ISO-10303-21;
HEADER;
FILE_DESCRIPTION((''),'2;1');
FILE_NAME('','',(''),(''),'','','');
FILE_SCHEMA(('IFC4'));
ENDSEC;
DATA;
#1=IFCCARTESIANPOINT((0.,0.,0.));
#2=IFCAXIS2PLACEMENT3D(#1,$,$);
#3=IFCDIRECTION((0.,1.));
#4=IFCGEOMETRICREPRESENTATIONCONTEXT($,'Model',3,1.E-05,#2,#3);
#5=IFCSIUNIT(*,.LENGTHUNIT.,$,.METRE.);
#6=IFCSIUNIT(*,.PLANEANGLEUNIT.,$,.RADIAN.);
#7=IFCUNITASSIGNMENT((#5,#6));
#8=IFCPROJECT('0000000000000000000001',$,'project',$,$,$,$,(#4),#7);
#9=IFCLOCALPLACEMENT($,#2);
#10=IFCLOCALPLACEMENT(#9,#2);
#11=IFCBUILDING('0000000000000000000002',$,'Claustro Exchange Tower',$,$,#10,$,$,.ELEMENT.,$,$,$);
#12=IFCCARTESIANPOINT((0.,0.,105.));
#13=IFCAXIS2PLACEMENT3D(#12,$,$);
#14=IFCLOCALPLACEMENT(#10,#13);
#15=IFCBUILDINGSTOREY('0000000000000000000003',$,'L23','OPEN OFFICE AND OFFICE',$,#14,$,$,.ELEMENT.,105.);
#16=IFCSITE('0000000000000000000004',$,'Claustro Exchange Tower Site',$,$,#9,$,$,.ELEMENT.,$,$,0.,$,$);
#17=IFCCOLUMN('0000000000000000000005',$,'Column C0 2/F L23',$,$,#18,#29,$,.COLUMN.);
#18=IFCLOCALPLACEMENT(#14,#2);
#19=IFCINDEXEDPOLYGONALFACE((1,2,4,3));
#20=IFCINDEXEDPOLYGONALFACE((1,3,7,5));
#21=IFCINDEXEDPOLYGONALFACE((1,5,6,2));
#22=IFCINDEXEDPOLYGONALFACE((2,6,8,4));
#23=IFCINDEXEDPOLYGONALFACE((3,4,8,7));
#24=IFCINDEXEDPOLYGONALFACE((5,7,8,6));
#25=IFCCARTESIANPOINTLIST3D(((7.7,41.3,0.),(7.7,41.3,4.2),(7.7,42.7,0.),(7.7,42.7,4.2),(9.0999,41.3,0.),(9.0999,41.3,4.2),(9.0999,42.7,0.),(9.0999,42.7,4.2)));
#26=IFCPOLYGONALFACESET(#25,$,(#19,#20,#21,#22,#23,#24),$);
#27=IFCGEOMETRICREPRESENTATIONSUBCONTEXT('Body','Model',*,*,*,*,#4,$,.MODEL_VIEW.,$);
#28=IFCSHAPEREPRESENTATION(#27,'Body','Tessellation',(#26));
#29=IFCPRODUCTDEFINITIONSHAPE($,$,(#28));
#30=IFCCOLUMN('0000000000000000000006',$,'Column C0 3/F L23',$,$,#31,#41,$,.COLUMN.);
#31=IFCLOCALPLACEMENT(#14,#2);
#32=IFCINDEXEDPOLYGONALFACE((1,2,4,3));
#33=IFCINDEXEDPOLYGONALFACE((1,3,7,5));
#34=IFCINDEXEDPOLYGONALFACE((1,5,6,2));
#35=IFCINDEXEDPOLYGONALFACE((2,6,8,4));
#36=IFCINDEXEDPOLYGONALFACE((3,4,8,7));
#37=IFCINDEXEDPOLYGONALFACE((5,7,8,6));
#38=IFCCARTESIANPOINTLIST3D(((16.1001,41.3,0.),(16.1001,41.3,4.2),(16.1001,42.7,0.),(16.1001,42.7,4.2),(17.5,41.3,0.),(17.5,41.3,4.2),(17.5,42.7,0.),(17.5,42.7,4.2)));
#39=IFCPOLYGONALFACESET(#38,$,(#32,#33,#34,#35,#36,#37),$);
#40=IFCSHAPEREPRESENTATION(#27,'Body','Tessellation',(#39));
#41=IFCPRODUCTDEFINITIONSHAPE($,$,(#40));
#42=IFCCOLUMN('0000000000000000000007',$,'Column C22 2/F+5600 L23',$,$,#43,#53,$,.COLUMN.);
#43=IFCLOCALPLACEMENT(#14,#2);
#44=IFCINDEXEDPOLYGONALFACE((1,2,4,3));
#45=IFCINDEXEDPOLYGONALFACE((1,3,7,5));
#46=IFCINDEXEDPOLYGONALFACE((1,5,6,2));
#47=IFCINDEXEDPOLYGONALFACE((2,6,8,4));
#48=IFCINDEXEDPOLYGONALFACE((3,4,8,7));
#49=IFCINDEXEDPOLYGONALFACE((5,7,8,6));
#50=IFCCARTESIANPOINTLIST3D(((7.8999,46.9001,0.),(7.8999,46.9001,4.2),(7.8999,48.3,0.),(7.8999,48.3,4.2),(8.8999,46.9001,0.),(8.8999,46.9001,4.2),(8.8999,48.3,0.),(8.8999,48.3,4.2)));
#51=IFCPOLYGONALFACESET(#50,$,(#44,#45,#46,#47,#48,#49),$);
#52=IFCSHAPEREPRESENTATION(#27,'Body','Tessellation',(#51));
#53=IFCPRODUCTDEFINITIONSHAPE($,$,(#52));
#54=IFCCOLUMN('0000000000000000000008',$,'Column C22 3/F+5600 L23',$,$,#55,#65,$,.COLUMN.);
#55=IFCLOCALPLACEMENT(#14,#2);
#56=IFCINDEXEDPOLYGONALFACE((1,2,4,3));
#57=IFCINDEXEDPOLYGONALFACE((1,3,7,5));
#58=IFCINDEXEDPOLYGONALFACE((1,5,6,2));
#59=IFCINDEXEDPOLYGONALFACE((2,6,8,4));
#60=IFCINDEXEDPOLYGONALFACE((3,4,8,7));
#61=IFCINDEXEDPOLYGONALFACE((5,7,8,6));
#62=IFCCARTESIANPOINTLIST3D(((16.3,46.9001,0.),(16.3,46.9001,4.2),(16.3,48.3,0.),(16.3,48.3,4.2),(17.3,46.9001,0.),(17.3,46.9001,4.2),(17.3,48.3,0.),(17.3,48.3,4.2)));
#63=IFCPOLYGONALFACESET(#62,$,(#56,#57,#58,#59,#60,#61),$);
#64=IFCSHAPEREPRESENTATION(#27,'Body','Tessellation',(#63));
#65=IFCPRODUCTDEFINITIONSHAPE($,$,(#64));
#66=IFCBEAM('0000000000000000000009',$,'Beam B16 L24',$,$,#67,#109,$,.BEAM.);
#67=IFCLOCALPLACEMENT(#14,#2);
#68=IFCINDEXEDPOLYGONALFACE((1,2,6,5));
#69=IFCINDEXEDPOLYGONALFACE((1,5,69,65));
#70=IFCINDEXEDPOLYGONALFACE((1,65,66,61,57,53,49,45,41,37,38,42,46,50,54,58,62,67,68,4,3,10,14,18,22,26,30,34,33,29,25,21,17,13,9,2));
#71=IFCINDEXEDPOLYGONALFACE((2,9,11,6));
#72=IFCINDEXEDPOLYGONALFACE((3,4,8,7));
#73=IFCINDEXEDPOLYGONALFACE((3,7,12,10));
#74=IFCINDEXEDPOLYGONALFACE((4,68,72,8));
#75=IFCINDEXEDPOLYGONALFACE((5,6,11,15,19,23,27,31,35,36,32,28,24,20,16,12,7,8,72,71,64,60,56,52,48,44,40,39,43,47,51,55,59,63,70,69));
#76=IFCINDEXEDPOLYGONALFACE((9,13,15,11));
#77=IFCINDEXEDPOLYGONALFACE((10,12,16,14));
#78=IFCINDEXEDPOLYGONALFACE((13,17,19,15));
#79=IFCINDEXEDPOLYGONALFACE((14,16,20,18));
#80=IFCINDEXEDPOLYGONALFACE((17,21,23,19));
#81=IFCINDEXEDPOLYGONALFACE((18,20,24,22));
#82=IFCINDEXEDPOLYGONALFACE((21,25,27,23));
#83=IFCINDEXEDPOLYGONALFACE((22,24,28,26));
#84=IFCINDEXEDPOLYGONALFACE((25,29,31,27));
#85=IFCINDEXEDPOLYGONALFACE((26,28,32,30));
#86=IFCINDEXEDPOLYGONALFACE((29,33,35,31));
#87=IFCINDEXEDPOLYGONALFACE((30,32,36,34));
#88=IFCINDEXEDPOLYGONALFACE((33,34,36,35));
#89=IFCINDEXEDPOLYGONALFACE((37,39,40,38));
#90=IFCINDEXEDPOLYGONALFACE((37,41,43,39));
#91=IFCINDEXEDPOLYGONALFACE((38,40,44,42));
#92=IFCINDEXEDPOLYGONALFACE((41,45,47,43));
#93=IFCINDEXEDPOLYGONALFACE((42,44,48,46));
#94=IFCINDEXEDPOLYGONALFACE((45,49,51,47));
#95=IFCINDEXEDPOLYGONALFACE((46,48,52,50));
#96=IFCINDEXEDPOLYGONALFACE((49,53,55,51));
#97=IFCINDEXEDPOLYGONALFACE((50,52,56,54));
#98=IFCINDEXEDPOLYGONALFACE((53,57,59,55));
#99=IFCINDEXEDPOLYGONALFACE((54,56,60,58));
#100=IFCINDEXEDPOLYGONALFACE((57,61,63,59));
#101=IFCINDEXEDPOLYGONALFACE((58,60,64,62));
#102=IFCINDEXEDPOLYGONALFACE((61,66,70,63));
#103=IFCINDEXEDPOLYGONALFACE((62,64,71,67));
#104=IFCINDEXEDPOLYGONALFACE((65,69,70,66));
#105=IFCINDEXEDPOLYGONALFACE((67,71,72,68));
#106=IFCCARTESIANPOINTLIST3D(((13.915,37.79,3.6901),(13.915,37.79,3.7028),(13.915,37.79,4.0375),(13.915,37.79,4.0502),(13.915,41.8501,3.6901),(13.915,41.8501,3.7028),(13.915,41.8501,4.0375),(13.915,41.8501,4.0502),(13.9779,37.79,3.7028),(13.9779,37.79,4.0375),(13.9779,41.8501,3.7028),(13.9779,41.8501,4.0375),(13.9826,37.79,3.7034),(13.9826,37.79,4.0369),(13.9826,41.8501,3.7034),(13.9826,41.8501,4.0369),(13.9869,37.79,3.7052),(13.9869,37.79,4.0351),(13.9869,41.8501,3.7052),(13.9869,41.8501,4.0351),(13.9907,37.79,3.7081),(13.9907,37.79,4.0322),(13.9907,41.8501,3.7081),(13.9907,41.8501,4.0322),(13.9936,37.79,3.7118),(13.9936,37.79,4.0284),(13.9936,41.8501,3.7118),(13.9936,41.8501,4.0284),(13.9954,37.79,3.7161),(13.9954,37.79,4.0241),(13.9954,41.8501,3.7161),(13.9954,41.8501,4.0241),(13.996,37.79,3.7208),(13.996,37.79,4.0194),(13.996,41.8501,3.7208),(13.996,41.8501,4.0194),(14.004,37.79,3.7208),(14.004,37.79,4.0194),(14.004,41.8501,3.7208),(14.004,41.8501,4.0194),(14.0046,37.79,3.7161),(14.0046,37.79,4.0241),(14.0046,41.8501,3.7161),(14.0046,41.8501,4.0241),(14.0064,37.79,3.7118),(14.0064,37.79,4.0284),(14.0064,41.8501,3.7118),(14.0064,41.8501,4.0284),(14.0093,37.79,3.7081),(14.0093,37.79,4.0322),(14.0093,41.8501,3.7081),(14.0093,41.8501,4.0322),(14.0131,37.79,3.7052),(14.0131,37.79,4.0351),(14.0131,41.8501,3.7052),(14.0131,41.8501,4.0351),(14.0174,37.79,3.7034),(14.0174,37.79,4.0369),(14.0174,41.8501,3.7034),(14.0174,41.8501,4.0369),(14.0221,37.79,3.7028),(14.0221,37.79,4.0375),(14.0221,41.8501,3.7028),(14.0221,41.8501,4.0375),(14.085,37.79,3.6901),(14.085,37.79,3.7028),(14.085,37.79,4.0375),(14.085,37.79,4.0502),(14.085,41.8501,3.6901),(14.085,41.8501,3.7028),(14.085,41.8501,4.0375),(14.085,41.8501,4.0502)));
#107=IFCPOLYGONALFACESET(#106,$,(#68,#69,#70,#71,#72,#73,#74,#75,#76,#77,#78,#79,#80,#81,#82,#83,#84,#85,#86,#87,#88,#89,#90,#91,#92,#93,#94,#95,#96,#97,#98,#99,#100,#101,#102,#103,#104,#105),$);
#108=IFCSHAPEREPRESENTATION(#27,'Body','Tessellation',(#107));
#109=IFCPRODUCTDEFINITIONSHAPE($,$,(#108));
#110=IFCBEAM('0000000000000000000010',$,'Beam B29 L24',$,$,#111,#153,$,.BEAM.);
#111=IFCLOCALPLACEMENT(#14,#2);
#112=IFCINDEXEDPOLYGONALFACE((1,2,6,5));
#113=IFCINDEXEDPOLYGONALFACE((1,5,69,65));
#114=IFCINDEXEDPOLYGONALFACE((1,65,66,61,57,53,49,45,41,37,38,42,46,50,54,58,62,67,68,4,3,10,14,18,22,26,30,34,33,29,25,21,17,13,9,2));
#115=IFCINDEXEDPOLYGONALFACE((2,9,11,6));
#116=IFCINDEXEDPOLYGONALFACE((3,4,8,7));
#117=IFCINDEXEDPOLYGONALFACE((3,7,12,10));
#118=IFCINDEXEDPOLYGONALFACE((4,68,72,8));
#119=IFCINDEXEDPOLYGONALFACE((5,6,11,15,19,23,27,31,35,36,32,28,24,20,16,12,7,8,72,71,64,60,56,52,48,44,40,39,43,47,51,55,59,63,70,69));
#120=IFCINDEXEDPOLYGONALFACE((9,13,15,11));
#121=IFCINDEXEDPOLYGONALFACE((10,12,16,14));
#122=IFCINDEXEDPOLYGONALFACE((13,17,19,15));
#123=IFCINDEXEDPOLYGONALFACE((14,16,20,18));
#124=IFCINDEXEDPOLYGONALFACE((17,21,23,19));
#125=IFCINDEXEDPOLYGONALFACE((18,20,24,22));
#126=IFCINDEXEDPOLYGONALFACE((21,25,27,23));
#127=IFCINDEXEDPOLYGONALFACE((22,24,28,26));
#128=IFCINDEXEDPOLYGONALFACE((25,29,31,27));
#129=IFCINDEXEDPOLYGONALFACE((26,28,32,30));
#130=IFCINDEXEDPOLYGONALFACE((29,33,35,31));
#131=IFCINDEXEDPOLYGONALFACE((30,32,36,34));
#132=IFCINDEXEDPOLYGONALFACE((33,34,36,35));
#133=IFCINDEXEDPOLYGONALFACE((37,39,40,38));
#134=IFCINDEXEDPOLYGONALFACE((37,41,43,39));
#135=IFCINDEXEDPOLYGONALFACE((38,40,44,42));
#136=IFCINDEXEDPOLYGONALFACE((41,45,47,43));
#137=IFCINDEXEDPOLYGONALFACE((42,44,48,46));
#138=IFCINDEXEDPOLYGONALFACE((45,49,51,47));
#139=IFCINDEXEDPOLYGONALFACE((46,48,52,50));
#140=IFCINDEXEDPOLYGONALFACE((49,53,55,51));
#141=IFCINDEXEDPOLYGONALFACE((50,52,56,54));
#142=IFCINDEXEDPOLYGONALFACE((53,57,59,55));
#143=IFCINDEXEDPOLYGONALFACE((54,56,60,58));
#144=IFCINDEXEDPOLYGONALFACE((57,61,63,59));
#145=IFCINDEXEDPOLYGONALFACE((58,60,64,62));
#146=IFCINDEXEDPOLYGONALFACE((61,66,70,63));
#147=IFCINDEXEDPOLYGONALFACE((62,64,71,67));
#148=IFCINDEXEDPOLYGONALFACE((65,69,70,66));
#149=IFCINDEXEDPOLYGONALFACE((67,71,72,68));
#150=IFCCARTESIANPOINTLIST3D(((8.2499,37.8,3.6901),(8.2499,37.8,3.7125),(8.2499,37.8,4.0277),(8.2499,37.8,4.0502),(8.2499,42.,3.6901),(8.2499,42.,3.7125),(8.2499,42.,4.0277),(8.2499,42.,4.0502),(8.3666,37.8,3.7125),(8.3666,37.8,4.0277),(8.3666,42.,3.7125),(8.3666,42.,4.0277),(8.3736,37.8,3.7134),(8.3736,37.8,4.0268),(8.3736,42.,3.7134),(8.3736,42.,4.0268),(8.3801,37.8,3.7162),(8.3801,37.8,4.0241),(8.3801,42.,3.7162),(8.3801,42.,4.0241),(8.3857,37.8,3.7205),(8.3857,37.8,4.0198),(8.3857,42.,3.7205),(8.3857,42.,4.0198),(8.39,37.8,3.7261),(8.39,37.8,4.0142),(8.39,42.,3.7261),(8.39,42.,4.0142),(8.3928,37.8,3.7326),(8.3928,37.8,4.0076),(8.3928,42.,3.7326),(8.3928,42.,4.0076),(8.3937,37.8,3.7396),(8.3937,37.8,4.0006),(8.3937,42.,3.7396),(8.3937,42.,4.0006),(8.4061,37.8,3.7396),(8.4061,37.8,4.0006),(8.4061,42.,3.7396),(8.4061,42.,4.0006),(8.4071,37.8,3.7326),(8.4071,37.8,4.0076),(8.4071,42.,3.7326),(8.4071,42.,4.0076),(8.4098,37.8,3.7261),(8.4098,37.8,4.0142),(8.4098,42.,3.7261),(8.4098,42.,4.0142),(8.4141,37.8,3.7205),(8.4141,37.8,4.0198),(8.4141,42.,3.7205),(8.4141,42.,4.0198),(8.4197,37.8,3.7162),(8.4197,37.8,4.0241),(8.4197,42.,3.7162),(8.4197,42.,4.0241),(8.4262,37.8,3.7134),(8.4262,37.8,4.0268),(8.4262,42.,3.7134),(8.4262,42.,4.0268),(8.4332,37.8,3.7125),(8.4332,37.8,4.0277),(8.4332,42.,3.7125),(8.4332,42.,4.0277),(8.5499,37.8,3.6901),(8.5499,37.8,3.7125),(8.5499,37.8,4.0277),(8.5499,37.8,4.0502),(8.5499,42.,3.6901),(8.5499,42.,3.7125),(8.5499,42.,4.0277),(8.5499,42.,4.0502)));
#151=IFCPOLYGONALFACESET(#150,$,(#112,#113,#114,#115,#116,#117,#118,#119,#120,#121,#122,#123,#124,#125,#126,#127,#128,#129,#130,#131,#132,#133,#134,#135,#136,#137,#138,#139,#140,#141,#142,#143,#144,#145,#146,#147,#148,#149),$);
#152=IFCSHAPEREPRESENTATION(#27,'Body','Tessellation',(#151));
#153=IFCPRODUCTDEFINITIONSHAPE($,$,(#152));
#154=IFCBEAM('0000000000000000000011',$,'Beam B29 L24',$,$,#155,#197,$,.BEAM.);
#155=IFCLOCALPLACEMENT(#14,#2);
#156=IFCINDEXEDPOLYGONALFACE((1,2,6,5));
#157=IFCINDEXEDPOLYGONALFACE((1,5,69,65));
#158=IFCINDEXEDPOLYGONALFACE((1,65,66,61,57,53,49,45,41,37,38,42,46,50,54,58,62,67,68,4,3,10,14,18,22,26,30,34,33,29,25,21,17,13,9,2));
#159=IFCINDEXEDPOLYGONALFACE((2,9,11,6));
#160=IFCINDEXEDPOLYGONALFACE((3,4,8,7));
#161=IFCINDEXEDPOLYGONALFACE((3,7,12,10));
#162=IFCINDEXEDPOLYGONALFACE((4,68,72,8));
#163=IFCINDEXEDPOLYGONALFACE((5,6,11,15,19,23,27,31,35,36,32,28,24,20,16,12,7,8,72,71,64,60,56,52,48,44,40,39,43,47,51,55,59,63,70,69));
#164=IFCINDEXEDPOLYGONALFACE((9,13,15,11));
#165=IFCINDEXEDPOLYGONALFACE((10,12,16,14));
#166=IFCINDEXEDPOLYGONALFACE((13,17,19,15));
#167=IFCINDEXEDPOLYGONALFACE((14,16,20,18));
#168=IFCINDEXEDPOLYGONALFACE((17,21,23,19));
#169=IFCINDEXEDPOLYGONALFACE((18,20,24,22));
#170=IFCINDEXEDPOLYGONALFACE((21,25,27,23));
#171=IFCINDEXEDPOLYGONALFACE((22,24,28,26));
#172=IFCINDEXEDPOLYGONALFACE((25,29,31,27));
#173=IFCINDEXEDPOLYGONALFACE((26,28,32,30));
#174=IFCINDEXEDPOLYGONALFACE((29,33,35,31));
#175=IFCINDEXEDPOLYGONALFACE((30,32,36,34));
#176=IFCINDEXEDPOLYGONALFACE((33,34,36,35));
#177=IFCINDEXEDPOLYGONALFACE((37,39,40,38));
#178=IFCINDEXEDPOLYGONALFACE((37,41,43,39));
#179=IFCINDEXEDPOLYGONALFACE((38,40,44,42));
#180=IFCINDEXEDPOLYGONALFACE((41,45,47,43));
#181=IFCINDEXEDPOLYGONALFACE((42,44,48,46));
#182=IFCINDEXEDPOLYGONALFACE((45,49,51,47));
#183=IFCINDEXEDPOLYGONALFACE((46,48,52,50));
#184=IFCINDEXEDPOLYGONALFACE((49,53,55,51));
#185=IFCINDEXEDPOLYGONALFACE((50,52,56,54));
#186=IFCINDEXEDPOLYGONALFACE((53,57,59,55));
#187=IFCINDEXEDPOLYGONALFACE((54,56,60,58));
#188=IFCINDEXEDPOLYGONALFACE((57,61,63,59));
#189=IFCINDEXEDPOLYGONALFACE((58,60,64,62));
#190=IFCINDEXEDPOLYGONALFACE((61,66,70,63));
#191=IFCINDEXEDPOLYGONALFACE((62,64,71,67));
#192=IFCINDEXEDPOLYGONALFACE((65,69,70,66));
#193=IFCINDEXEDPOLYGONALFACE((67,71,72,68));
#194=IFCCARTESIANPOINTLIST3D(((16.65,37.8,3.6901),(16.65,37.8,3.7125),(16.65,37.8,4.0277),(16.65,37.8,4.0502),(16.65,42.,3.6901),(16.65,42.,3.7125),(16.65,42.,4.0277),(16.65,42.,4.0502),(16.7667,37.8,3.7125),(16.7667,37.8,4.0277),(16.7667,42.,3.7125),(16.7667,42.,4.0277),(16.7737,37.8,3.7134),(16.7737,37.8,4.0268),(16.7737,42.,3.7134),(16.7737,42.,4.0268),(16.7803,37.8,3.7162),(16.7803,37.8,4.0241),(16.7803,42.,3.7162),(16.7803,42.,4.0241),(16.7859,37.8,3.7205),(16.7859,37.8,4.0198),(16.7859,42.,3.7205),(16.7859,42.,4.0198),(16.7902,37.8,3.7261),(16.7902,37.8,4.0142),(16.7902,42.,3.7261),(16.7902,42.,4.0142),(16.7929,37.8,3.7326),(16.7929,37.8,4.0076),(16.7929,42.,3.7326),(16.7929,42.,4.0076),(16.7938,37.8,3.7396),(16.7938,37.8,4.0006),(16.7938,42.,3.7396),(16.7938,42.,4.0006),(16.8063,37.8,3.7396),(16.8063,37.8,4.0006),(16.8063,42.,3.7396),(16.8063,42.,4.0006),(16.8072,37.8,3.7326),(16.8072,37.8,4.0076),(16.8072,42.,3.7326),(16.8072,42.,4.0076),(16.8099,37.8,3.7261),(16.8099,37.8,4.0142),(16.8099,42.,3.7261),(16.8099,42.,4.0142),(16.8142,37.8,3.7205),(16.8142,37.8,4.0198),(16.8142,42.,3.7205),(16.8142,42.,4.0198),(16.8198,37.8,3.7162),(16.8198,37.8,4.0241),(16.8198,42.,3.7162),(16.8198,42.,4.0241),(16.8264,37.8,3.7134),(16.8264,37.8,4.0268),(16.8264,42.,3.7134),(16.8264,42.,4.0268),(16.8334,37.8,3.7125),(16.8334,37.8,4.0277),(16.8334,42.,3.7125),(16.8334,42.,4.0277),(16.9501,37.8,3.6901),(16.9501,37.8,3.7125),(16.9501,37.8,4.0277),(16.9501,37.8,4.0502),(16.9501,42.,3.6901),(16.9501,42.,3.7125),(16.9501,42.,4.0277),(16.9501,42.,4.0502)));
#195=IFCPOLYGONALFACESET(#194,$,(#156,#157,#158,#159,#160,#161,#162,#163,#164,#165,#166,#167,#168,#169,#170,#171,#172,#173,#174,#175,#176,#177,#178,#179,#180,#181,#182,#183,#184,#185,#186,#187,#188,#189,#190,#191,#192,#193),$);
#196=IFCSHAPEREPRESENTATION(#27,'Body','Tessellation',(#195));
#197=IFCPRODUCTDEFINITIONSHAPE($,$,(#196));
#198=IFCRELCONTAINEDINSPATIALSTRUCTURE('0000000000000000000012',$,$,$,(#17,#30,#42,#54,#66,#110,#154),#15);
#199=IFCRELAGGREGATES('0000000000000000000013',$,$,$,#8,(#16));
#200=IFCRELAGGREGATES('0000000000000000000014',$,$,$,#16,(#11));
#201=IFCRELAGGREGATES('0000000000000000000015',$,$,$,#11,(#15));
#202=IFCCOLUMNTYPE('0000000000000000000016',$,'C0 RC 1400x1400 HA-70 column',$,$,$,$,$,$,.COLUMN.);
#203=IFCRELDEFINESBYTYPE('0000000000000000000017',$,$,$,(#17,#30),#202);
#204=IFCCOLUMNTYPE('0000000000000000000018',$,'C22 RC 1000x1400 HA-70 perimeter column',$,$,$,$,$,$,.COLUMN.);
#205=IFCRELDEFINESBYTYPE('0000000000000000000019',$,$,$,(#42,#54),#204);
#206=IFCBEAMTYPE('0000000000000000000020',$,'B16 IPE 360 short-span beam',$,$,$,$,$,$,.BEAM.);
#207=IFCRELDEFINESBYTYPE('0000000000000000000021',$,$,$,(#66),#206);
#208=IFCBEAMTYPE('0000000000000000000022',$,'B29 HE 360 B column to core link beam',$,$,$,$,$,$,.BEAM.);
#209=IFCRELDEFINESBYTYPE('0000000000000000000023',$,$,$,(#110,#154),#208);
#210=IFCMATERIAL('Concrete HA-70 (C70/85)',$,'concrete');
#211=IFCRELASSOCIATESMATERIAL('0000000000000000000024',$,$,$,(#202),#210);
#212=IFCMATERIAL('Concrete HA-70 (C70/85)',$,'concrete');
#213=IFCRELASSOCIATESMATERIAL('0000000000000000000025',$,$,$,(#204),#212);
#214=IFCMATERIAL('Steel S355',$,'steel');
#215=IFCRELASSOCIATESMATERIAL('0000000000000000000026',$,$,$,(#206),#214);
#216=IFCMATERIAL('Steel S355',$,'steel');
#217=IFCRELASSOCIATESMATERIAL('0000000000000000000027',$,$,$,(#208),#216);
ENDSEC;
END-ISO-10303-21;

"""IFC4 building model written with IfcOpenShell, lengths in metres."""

from ifc_helpers import new_model, si_unit, direction, frame, origin, origin_2d, place, context, subcontext, project, spatial, rectangle, i_section, extrude, material, material_profile, profile_set, type_object, element, save


model = new_model("IFC4")

# Units and contexts
model_context = context("Model", 3, precision=1e-05, world=origin(), true_north=direction((0.0, 1.0)))
body_context = subcontext(model_context, "Body", "Model", "MODEL_VIEW")
ifc_project = project(units=[si_unit("LENGTHUNIT", "METRE"), si_unit("PLANEANGLEUNIT", "RADIAN")], contexts=[model_context])

# Site, building, storey
site_placement = place(None, origin())
site = spatial("IfcSite", under=ifc_project, at=site_placement, Name="Claustro Exchange Tower Site", CompositionType="ELEMENT", RefElevation=0.0)
building_placement = place(site_placement, origin())
building = spatial("IfcBuilding", under=site, at=building_placement, Name="Claustro Exchange Tower", CompositionType="ELEMENT")
storey_placement = place(building_placement, frame((0.0, 0.0, 105.0)))
storey = spatial("IfcBuildingStorey", under=building, at=storey_placement, Name="L23", Description="OPEN OFFICE AND OFFICE", CompositionType="ELEMENT", Elevation=105.0)

# Columns
ifc_material_1 = material(Name="Concrete HA-70 (C70/85)", Category="concrete")
ifc_material_profile_1 = material_profile(ifc_material_1, rectangle(XDim=1.3999, YDim=1.3999, at=origin_2d()), Name="RC 1400x1400")
ifc_profile_set_1 = profile_set([ifc_material_profile_1], Name="Concrete HA-70 (C70/85)")
column_type_1 = type_object("IfcColumnType", Name="C0 RC 1400x1400 HA-70 column", PredefinedType="COLUMN", material=ifc_profile_set_1)
for number, where, z_axis, x_axis, name in (
    (1, (8.3999, 42.0, 0.0), (0.0, 0.0, 1.0), (1.0, 0.0, 0.0), "Column C0 2/F L23"),
    (2, (16.8, 42.0, 0.0), (0.0, 0.0, 1.0), (1.0, 0.0, 0.0), "Column C0 3/F L23"),
):
    element("IfcColumn", number, at=place(storey_placement, frame(where, z_axis=z_axis, x_axis=x_axis)), inside=storey, type_object=column_type_1, Name=name, PredefinedType="COLUMN", context=body_context, shape_type="SweptSolid", body=[
        extrude(rectangle(XDim=1.3999, YDim=1.3999, at=origin_2d()), origin(), (0.0, 0.0, 1.0), 4.2),
    ])
ifc_material_2 = material(Name="Concrete HA-70 (C70/85)", Category="concrete")
ifc_material_profile_2 = material_profile(ifc_material_2, rectangle(XDim=1.0, YDim=1.3999, at=origin_2d()), Name="RC 1000x1400")
ifc_profile_set_2 = profile_set([ifc_material_profile_2], Name="Concrete HA-70 (C70/85)")
column_type_2 = type_object("IfcColumnType", Name="C22 RC 1000x1400 HA-70 perimeter column", PredefinedType="COLUMN", material=ifc_profile_set_2)
for number, where, z_axis, x_axis, name in (
    (3, (8.3999, 47.6001, 0.0), (0.0, 0.0, 1.0), (1.0, 0.0, 0.0), "Column C22 2/F+5600 L23"),
    (4, (16.8, 47.6001, 0.0), (0.0, 0.0, 1.0), (1.0, 0.0, 0.0), "Column C22 3/F+5600 L23"),
):
    element("IfcColumn", number, at=place(storey_placement, frame(where, z_axis=z_axis, x_axis=x_axis)), inside=storey, type_object=column_type_2, Name=name, PredefinedType="COLUMN", context=body_context, shape_type="SweptSolid", body=[
        extrude(rectangle(XDim=1.0, YDim=1.3999, at=origin_2d()), origin(), (0.0, 0.0, 1.0), 4.2),
    ])

# Beams
ifc_material_3 = material(Name="Steel S355", Category="steel")
ifc_material_profile_3 = material_profile(ifc_material_3, i_section(OverallWidth=0.1699, OverallDepth=0.3601, WebThickness=0.0081, FlangeThickness=0.0127, FilletRadius=0.0181, at=origin_2d()), Name="IPE 360")
ifc_profile_set_3 = profile_set([ifc_material_profile_3], Name="Steel S355")
beam_type_1 = type_object("IfcBeamType", Name="B16 IPE 360 short-span beam", PredefinedType="BEAM", material=ifc_profile_set_3)
beam_1_placement = place(storey_placement, frame((14.0, 37.79, 3.8701), z_axis=(0.0, 1.0, 0.0), x_axis=(-1.0, 0.0, 0.0)))
element("IfcBeam", 5, at=beam_1_placement, inside=storey, type_object=beam_type_1, Name="Beam B16 L24", PredefinedType="BEAM", context=body_context, shape_type="SweptSolid", body=[
    extrude(i_section(OverallWidth=0.1699, OverallDepth=0.3601, WebThickness=0.0081, FlangeThickness=0.0127, FilletRadius=0.0181, at=origin_2d()), origin(), (0.0, 0.0, 1.0), 4.0601),
])
ifc_material_4 = material(Name="Steel S355", Category="steel")
ifc_material_profile_4 = material_profile(ifc_material_4, i_section(OverallWidth=0.3, OverallDepth=0.3601, WebThickness=0.0125, FlangeThickness=0.0225, FilletRadius=0.0271, at=origin_2d()), Name="HE 360 B")
ifc_profile_set_4 = profile_set([ifc_material_profile_4], Name="Steel S355")
beam_type_2 = type_object("IfcBeamType", Name="B29 HE 360 B column to core link beam", PredefinedType="BEAM", material=ifc_profile_set_4)
for number, where, z_axis, x_axis, name in (
    (6, (8.3999, 37.8, 3.8701), (0.0, 1.0, 0.0), (-1.0, 0.0, 0.0), "Beam B29 L24"),
    (7, (16.8, 37.8, 3.8701), (0.0, 1.0, 0.0), (-1.0, 0.0, 0.0), "Beam B29 L24"),
):
    element("IfcBeam", number, at=place(storey_placement, frame(where, z_axis=z_axis, x_axis=x_axis)), inside=storey, type_object=beam_type_2, Name=name, PredefinedType="BEAM", context=body_context, shape_type="SweptSolid", body=[
        extrude(i_section(OverallWidth=0.3, OverallDepth=0.3601, WebThickness=0.0125, FlangeThickness=0.0225, FilletRadius=0.0271, at=origin_2d()), origin(), (0.0, 0.0, 1.0), 4.2),
    ])

save(model, "model.ifc")
